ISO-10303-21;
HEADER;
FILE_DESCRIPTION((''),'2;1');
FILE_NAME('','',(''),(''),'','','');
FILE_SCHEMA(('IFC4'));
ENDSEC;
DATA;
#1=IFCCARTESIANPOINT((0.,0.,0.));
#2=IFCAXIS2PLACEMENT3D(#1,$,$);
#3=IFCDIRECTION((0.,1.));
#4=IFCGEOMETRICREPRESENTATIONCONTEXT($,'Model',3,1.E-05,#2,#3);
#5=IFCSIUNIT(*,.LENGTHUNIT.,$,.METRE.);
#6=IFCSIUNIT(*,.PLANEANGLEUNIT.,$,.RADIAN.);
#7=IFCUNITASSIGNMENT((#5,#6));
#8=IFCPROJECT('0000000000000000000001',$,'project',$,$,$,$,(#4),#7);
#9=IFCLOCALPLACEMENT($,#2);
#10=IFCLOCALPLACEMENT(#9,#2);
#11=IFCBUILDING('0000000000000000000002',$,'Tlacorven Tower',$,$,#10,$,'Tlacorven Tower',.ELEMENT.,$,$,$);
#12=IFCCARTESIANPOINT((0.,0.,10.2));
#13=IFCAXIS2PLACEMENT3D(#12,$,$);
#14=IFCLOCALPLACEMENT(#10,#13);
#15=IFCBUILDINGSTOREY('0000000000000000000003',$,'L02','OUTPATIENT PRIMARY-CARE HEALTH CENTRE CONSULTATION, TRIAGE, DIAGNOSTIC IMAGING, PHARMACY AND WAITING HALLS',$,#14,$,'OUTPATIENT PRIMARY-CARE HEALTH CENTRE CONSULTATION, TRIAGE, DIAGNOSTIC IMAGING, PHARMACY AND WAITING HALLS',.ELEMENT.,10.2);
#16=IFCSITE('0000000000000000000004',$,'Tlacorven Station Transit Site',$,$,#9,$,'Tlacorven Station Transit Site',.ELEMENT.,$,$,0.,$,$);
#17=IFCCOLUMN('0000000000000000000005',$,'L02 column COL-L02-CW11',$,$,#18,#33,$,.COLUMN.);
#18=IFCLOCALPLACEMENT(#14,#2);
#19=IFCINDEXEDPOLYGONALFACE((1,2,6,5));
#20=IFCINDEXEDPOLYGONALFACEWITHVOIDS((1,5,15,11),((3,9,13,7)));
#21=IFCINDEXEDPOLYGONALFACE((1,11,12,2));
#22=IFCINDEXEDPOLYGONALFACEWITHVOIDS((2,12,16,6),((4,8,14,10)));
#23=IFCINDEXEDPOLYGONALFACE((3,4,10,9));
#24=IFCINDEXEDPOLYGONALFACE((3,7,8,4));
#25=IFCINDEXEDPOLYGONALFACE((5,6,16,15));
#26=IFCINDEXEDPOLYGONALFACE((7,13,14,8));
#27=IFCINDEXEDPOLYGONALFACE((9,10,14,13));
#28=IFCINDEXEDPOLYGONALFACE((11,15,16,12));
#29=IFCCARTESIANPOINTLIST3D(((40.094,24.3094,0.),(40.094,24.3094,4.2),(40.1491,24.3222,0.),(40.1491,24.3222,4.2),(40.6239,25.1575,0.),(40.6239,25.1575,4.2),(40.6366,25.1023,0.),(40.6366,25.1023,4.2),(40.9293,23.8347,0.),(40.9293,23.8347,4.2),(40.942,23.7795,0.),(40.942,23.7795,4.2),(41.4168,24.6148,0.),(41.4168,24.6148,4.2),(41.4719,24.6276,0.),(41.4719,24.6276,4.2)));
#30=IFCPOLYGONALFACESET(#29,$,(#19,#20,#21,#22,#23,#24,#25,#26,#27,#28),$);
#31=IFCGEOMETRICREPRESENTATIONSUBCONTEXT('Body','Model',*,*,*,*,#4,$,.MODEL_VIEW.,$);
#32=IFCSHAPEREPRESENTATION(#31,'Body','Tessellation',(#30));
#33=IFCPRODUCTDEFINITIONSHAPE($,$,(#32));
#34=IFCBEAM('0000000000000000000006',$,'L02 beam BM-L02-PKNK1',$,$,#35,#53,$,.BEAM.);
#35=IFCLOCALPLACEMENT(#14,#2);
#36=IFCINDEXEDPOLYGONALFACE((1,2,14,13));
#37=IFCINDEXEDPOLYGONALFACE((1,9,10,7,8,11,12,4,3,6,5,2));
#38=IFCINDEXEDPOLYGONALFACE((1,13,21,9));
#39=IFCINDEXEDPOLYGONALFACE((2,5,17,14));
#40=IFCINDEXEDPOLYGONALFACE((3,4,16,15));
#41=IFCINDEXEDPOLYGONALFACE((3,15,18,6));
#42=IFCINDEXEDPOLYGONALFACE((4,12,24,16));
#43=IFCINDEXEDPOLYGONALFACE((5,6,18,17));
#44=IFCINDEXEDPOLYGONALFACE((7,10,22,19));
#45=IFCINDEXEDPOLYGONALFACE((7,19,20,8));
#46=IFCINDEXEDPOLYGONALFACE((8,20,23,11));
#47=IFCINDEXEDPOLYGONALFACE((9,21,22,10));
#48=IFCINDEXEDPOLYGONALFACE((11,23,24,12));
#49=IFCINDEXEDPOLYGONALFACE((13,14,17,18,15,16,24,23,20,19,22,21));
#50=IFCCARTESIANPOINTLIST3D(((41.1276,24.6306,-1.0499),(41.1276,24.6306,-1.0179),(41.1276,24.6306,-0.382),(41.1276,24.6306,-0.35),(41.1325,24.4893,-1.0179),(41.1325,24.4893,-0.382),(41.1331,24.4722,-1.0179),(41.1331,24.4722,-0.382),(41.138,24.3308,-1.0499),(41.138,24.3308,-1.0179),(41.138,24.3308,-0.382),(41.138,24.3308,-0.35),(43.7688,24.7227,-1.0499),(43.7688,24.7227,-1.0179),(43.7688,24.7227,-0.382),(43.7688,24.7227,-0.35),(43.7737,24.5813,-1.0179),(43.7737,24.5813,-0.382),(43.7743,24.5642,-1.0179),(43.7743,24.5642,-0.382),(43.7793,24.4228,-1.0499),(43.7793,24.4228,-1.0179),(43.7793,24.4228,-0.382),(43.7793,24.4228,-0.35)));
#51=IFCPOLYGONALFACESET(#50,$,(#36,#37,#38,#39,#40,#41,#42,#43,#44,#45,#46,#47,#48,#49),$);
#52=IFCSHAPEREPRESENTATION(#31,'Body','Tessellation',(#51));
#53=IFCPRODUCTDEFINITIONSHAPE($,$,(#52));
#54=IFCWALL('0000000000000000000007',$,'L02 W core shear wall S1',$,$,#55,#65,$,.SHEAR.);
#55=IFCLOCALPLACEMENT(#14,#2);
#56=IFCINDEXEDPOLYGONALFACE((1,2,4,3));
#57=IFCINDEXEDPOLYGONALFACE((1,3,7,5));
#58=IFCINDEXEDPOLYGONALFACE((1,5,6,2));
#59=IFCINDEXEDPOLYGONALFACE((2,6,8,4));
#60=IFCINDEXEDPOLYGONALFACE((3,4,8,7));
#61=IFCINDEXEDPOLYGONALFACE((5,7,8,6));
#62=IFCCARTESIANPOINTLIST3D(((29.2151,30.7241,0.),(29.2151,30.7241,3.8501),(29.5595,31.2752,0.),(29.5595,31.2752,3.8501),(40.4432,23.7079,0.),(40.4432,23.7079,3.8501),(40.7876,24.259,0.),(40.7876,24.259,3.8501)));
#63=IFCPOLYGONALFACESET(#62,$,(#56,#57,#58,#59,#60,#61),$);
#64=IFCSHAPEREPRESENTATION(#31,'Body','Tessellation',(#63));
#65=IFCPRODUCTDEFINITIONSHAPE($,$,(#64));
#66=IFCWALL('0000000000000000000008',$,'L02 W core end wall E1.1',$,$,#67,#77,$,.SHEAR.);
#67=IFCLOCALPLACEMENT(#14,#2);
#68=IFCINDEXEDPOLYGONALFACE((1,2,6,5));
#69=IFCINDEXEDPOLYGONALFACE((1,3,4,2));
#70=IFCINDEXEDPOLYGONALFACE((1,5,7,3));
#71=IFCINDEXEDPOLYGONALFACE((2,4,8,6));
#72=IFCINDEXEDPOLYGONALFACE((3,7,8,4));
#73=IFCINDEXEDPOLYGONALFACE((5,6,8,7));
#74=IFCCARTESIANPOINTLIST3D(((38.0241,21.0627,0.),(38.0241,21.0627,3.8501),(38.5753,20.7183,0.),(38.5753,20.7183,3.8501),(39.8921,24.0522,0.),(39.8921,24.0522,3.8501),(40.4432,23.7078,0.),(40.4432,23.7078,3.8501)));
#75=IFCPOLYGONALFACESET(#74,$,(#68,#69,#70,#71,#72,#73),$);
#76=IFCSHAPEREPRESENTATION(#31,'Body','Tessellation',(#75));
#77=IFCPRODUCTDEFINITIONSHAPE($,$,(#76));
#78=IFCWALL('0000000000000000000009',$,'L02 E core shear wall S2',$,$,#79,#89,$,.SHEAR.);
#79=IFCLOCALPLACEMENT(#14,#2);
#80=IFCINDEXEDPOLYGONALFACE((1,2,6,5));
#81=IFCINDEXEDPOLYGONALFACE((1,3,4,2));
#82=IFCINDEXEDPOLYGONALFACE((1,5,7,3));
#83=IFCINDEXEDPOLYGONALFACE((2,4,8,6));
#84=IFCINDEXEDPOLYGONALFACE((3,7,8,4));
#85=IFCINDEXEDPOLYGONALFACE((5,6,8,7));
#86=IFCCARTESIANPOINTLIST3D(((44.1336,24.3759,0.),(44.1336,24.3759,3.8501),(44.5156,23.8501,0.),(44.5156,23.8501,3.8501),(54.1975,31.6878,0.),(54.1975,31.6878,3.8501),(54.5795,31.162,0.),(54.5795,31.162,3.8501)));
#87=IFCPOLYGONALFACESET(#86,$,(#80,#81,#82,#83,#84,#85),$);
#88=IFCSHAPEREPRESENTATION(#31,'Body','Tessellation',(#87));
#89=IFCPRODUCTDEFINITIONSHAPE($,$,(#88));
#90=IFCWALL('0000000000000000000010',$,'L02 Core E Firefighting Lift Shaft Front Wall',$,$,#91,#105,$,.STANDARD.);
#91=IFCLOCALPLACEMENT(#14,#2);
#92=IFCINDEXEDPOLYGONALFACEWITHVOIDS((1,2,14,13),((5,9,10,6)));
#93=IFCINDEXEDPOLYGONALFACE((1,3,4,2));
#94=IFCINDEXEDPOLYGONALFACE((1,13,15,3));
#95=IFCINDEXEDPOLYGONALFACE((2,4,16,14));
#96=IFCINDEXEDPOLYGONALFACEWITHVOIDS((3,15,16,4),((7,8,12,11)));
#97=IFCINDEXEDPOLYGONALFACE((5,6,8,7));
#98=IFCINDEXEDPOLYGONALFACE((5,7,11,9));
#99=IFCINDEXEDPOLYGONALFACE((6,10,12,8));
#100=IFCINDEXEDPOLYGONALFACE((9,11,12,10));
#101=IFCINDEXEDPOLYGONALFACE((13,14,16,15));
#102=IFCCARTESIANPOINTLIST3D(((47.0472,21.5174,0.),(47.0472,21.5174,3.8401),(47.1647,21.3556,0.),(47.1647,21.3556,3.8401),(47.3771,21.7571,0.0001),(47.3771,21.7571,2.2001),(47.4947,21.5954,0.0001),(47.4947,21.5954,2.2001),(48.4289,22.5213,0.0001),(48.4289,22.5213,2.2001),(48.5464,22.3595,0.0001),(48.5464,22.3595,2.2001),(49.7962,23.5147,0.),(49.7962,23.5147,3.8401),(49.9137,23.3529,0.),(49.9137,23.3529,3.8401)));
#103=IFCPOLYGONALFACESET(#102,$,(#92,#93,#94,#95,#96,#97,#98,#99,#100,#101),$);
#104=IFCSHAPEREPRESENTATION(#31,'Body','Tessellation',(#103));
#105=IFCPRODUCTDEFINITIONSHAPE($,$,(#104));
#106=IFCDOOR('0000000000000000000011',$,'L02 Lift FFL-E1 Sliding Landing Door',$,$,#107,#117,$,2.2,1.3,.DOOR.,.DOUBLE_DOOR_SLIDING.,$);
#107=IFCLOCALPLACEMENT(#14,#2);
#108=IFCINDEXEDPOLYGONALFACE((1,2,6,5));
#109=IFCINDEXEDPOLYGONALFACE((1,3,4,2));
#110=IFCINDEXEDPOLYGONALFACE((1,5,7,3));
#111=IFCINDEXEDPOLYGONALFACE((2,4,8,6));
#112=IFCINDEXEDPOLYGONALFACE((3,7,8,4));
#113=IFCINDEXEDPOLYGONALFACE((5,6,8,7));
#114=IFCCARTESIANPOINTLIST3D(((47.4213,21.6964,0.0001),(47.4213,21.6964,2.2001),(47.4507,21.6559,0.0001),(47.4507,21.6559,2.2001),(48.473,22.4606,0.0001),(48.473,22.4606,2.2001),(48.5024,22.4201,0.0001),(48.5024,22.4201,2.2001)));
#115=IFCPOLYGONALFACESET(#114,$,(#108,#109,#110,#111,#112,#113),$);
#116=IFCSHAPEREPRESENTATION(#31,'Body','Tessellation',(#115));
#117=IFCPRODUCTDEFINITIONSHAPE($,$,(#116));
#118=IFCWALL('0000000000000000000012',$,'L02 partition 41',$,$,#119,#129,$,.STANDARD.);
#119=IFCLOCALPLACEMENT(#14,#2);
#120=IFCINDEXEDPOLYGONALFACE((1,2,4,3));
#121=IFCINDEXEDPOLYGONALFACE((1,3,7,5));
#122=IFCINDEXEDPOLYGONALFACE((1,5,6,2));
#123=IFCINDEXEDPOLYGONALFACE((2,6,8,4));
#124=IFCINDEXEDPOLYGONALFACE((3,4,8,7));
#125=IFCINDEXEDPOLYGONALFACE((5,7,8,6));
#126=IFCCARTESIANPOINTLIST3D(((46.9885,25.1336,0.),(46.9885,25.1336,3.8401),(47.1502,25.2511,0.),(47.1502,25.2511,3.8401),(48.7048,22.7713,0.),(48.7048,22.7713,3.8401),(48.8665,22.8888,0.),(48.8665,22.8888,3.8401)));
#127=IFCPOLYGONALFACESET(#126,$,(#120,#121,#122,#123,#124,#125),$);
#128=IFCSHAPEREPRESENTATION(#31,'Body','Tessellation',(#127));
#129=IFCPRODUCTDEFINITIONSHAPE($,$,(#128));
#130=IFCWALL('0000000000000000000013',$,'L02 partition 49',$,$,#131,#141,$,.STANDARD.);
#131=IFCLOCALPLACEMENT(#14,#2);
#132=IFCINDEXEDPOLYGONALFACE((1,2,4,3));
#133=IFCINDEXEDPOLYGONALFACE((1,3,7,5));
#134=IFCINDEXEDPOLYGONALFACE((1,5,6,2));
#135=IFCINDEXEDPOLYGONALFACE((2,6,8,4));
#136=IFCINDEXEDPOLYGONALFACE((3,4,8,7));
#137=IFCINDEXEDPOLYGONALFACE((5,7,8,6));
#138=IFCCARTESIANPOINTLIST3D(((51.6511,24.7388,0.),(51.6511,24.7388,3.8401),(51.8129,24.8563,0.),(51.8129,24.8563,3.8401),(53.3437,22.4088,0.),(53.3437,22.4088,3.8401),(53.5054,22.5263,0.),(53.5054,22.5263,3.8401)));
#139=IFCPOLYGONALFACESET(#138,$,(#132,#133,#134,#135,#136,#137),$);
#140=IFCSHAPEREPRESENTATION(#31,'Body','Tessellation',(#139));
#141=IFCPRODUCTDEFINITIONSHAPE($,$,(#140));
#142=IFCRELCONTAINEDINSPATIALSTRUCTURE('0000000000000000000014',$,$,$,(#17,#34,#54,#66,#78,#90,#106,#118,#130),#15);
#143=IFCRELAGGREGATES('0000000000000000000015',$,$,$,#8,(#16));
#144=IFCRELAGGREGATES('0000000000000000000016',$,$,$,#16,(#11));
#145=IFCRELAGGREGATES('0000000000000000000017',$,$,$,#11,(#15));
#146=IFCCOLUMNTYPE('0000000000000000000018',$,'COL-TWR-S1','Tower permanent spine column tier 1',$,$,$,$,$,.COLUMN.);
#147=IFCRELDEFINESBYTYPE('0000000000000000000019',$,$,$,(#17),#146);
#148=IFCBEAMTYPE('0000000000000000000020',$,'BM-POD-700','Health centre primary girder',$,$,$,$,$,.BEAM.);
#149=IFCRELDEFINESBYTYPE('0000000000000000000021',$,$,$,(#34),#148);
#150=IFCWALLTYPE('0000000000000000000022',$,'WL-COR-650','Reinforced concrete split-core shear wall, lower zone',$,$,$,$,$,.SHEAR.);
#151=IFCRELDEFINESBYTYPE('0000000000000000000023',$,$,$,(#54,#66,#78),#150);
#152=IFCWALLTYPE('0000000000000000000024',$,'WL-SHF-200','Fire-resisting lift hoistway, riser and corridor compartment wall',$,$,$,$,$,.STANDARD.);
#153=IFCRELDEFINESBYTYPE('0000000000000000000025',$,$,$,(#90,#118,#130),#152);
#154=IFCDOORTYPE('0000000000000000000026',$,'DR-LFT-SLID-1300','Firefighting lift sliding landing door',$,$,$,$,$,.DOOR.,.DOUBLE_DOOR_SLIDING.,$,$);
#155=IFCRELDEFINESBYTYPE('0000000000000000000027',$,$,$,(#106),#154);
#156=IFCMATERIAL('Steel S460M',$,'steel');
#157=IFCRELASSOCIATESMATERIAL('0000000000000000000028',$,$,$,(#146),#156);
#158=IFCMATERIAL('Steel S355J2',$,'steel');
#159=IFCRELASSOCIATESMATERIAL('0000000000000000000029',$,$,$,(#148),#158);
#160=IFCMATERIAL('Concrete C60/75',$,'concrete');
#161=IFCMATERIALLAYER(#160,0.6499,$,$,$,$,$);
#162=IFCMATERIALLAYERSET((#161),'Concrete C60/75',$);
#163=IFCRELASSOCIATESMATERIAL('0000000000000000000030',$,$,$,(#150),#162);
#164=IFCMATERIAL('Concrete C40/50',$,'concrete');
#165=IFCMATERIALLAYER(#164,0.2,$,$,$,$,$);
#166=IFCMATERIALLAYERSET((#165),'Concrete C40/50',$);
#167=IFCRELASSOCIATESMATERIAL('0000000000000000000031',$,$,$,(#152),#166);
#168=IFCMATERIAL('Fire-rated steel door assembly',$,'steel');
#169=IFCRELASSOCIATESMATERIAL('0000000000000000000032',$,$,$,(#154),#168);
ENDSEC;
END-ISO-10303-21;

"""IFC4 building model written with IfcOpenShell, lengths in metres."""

from ifc_helpers import new_model, si_unit, direction, frame, frame_2d, origin, origin_2d, place, context, subcontext, project, spatial, rectangle, hollow_rectangle, i_section, extrude, source, transform, mapped, material, layer, layer_set, material_profile, profile_set, type_object, element, fill, save


model = new_model("IFC4")

# Units and contexts
model_context = context("Model", 3, precision=1e-05, world=origin(), true_north=direction((0.0, 1.0)))
body_context = subcontext(model_context, "Body", "Model", "MODEL_VIEW")
ifc_project = project(units=[si_unit("LENGTHUNIT", "METRE"), si_unit("PLANEANGLEUNIT", "RADIAN")], contexts=[model_context])

# Site, building, storey
site_placement = place(None, origin())
site = spatial("IfcSite", under=ifc_project, at=site_placement, Name="Tlacorven Station Transit Site", LongName="Tlacorven Station Transit Site", CompositionType="ELEMENT", RefElevation=0.0)
building_placement = place(site_placement, origin())
building = spatial("IfcBuilding", under=site, at=building_placement, Name="Tlacorven Tower", LongName="Tlacorven Tower", CompositionType="ELEMENT")
storey_placement = place(building_placement, frame((0.0, 0.0, 10.2)))
storey = spatial("IfcBuildingStorey", under=building, at=storey_placement, Name="L02", Description="OUTPATIENT PRIMARY-CARE HEALTH CENTRE CONSULTATION, TRIAGE, DIAGNOSTIC IMAGING, PHARMACY AND WAITING HALLS", LongName="OUTPATIENT PRIMARY-CARE HEALTH CENTRE CONSULTATION, TRIAGE, DIAGNOSTIC IMAGING, PHARMACY AND WAITING HALLS", CompositionType="ELEMENT", Elevation=10.2)

# Column
ifc_material_1 = material(Name="Steel S460M", Category="steel")
ifc_material_profile_1 = material_profile(ifc_material_1, hollow_rectangle(XDim=1.0, YDim=1.0, WallThickness=0.04, at=origin_2d()), Name="BOX 1000X1000X40")
ifc_profile_set_1 = profile_set([ifc_material_profile_1], Name="Steel S460M")
column_type = type_object("IfcColumnType", Name="COL-TWR-S1", Description="Tower permanent spine column tier 1", PredefinedType="COLUMN", material=ifc_profile_set_1)
shared_shape_1 = source(origin(), body_context, "Body", "SweptSolid", [
    extrude(hollow_rectangle(XDim=1.0, YDim=1.0, WallThickness=0.04, at=origin_2d()), origin(), (0.0, 0.0, 1.0), 4.2),
])
column_placement = place(storey_placement, frame((40.783, 24.4685, 0.0), z_axis=(0.0, 0.0, 1.0), x_axis=(-0.848048, 0.529919, 0.0)))
element("IfcColumn", 1, at=column_placement, inside=storey, type_object=column_type, Name="L02 column COL-L02-CW11", PredefinedType="COLUMN", context=body_context, shape_type="MappedRepresentation", body=[
    mapped(shared_shape_1, transform((0.0, 0.0, 0.0), scale=1.0)),
])

# Beam
ifc_material_2 = material(Name="Steel S355J2", Category="steel")
ifc_material_profile_2 = material_profile(ifc_material_2, i_section(OverallWidth=0.3, OverallDepth=0.7, WebThickness=0.0171, FlangeThickness=0.032, at=origin_2d()), Name="HEB 700")
ifc_profile_set_2 = profile_set([ifc_material_profile_2], Name="Steel S355J2")
beam_type = type_object("IfcBeamType", Name="BM-POD-700", Description="Health centre primary girder", PredefinedType="BEAM", material=ifc_profile_set_2)
shared_shape_2 = source(origin(), body_context, "Body", "SweptSolid", [
    extrude(i_section(OverallWidth=0.3, OverallDepth=0.7, WebThickness=0.0171, FlangeThickness=0.032, at=origin_2d()), origin(), (0.0, 0.0, 1.0), 2.6428),
])
beam_placement = place(storey_placement, frame((41.1328, 24.4807, -0.7), z_axis=(0.999393, 0.034828, 0.0), x_axis=(-0.034828, 0.999393, 0.0)))
element("IfcBeam", 2, at=beam_placement, inside=storey, type_object=beam_type, Name="L02 beam BM-L02-PKNK1", PredefinedType="BEAM", context=body_context, shape_type="MappedRepresentation", body=[
    mapped(shared_shape_2, transform((0.0, 0.0, 0.0), scale=1.0)),
])

# Walls
ifc_material_3 = material(Name="Concrete C60/75", Category="concrete")
ifc_layer_1 = layer(ifc_material_3, 0.6499)
ifc_layer_set_1 = layer_set([ifc_layer_1], Name="Concrete C60/75")
wall_type_1 = type_object("IfcWallType", Name="WL-COR-650", Description="Reinforced concrete split-core shear wall, lower zone", PredefinedType="SHEAR", material=ifc_layer_set_1)
wall_1_placement = place(storey_placement, frame((40.6155, 23.9834, 0.0), z_axis=(0.0, 0.0, 1.0), x_axis=(-0.848046, 0.529923, 0.0)))
element("IfcWall", 3, at=wall_1_placement, inside=storey, type_object=wall_type_1, Name="L02 W core shear wall S1", PredefinedType="SHEAR", context=body_context, shape_type="SweptSolid", body=[
    extrude(rectangle(XDim=13.24, YDim=0.6499, at=frame_2d((6.6201, 0.0))), origin(), (0.0, 0.0, 1.0), 3.8501),
])
wall_2_placement = place(storey_placement, frame((40.1677, 23.8801, 0.0), z_axis=(0.0, 0.0, 1.0), x_axis=(-0.529893, -0.848064, 0.0)))
element("IfcWall", 4, at=wall_2_placement, inside=storey, type_object=wall_type_1, Name="L02 W core end wall E1.1", PredefinedType="SHEAR", context=body_context, shape_type="SweptSolid", body=[
    extrude(rectangle(XDim=3.5251, YDim=0.6499, at=frame_2d((1.7627, 0.0))), origin(), (0.0, 0.0, 1.0), 3.8501),
])
wall_3_placement = place(storey_placement, frame((44.3247, 24.113, 0.0), z_axis=(0.0, 0.0, 1.0), x_axis=(0.809013, 0.587791, 0.0)))
element("IfcWall", 5, at=wall_3_placement, inside=storey, type_object=wall_type_1, Name="L02 E core shear wall S2", PredefinedType="SHEAR", context=body_context, shape_type="SweptSolid", body=[
    extrude(rectangle(XDim=12.4397, YDim=0.6499, at=frame_2d((6.2197, 0.0))), origin(), (0.0, 0.0, 1.0), 3.8501),
])

# Wall, opening, door
ifc_material_4 = material(Name="Concrete C40/50", Category="concrete")
ifc_layer_2 = layer(ifc_material_4, 0.2)
ifc_layer_set_2 = layer_set([ifc_layer_2], Name="Concrete C40/50")
wall_type_2 = type_object("IfcWallType", Name="WL-SHF-200", Description="Fire-resisting lift hoistway, riser and corridor compartment wall", PredefinedType="STANDARD", material=ifc_layer_set_2)
wall_4_placement = place(storey_placement, frame((47.106, 21.4365, 0.0), z_axis=(0.0, 0.0, 1.0), x_axis=(0.809013, 0.587791, 0.0)))
wall_4 = element("IfcWall", 6, at=wall_4_placement, inside=storey, type_object=wall_type_2, Name="L02 Core E Firefighting Lift Shaft Front Wall", PredefinedType="STANDARD", context=body_context, shape_type="SweptSolid", body=[
    extrude(rectangle(XDim=3.3979, YDim=0.2, at=frame_2d((1.699, 0.0))), origin(), (0.0, 0.0, 1.0), 3.8401),
])
opening_1_placement = place(wall_4_placement, frame((0.408, 0.0, 0.0)))
opening_1 = element("IfcOpeningElement", 7, at=opening_1_placement, cuts=wall_4, PredefinedType="OPENING", context=body_context, shape_type="SweptSolid", body=[
    extrude(rectangle(XDim=1.3, YDim=2.2, at=frame_2d((0.6499, 1.1001))), frame((0.0, 0.1099, 0.0), z_axis=(0.0, -1.0, 0.0), x_axis=(1.0, 0.0, 0.0)), (0.0, 0.0, 1.0), 0.22),
])
ifc_material_5 = material(Name="Fire-rated steel door assembly", Category="steel")
door_type_1 = type_object("IfcDoorType", Name="DR-LFT-SLID-1300", Description="Firefighting lift sliding landing door", OperationType="DOUBLE_DOOR_SLIDING", PredefinedType="DOOR", material=ifc_material_5)
shared_shape_3 = source(origin(), body_context, "Body", "SweptSolid", [
    extrude(rectangle(XDim=1.3, YDim=2.2, at=frame_2d((0.6499, 1.1001))), frame((0.0, 0.0249, 0.0), z_axis=(0.0, -1.0, 0.0), x_axis=(1.0, 0.0, 0.0)), (0.0, 0.0, 1.0), 0.05),
])
door_1_placement = place(opening_1_placement, origin())
door_1 = element("IfcDoor", 8, at=door_1_placement, inside=storey, type_object=door_type_1, Name="L02 Lift FFL-E1 Sliding Landing Door", OperationType="DOUBLE_DOOR_SLIDING", OverallHeight=2.2, OverallWidth=1.3, PredefinedType="DOOR", context=body_context, shape_type="MappedRepresentation", body=[
    mapped(shared_shape_3, transform((0.0, 0.0, 0.0), scale=1.0)),
])
fill(opening_1, door_1)

# Walls
wall_5_placement = place(storey_placement, frame((48.7856, 22.8301, 0.0), z_axis=(0.0, 0.0, 1.0), x_axis=(-0.587784, 0.809018, 0.0)))
element("IfcWall", 9, at=wall_5_placement, inside=storey, type_object=wall_type_2, Name="L02 partition 41", PredefinedType="STANDARD", context=body_context, shape_type="SweptSolid", body=[
    extrude(rectangle(XDim=2.9199, YDim=0.2, at=frame_2d((1.46, 0.0))), origin(), (0.0, 0.0, 1.0), 3.8401),
])
wall_6_placement = place(storey_placement, frame((53.4246, 22.4675, 0.0), z_axis=(0.0, 0.0, 1.0), x_axis=(-0.587723, 0.809062, 0.0)))
element("IfcWall", 10, at=wall_6_placement, inside=storey, type_object=wall_type_2, Name="L02 partition 49", PredefinedType="STANDARD", context=body_context, shape_type="SweptSolid", body=[
    extrude(rectangle(XDim=2.8799, YDim=0.2, at=frame_2d((1.4399, 0.0))), origin(), (0.0, 0.0, 1.0), 3.8401),
])

save(model, "model.ifc")
